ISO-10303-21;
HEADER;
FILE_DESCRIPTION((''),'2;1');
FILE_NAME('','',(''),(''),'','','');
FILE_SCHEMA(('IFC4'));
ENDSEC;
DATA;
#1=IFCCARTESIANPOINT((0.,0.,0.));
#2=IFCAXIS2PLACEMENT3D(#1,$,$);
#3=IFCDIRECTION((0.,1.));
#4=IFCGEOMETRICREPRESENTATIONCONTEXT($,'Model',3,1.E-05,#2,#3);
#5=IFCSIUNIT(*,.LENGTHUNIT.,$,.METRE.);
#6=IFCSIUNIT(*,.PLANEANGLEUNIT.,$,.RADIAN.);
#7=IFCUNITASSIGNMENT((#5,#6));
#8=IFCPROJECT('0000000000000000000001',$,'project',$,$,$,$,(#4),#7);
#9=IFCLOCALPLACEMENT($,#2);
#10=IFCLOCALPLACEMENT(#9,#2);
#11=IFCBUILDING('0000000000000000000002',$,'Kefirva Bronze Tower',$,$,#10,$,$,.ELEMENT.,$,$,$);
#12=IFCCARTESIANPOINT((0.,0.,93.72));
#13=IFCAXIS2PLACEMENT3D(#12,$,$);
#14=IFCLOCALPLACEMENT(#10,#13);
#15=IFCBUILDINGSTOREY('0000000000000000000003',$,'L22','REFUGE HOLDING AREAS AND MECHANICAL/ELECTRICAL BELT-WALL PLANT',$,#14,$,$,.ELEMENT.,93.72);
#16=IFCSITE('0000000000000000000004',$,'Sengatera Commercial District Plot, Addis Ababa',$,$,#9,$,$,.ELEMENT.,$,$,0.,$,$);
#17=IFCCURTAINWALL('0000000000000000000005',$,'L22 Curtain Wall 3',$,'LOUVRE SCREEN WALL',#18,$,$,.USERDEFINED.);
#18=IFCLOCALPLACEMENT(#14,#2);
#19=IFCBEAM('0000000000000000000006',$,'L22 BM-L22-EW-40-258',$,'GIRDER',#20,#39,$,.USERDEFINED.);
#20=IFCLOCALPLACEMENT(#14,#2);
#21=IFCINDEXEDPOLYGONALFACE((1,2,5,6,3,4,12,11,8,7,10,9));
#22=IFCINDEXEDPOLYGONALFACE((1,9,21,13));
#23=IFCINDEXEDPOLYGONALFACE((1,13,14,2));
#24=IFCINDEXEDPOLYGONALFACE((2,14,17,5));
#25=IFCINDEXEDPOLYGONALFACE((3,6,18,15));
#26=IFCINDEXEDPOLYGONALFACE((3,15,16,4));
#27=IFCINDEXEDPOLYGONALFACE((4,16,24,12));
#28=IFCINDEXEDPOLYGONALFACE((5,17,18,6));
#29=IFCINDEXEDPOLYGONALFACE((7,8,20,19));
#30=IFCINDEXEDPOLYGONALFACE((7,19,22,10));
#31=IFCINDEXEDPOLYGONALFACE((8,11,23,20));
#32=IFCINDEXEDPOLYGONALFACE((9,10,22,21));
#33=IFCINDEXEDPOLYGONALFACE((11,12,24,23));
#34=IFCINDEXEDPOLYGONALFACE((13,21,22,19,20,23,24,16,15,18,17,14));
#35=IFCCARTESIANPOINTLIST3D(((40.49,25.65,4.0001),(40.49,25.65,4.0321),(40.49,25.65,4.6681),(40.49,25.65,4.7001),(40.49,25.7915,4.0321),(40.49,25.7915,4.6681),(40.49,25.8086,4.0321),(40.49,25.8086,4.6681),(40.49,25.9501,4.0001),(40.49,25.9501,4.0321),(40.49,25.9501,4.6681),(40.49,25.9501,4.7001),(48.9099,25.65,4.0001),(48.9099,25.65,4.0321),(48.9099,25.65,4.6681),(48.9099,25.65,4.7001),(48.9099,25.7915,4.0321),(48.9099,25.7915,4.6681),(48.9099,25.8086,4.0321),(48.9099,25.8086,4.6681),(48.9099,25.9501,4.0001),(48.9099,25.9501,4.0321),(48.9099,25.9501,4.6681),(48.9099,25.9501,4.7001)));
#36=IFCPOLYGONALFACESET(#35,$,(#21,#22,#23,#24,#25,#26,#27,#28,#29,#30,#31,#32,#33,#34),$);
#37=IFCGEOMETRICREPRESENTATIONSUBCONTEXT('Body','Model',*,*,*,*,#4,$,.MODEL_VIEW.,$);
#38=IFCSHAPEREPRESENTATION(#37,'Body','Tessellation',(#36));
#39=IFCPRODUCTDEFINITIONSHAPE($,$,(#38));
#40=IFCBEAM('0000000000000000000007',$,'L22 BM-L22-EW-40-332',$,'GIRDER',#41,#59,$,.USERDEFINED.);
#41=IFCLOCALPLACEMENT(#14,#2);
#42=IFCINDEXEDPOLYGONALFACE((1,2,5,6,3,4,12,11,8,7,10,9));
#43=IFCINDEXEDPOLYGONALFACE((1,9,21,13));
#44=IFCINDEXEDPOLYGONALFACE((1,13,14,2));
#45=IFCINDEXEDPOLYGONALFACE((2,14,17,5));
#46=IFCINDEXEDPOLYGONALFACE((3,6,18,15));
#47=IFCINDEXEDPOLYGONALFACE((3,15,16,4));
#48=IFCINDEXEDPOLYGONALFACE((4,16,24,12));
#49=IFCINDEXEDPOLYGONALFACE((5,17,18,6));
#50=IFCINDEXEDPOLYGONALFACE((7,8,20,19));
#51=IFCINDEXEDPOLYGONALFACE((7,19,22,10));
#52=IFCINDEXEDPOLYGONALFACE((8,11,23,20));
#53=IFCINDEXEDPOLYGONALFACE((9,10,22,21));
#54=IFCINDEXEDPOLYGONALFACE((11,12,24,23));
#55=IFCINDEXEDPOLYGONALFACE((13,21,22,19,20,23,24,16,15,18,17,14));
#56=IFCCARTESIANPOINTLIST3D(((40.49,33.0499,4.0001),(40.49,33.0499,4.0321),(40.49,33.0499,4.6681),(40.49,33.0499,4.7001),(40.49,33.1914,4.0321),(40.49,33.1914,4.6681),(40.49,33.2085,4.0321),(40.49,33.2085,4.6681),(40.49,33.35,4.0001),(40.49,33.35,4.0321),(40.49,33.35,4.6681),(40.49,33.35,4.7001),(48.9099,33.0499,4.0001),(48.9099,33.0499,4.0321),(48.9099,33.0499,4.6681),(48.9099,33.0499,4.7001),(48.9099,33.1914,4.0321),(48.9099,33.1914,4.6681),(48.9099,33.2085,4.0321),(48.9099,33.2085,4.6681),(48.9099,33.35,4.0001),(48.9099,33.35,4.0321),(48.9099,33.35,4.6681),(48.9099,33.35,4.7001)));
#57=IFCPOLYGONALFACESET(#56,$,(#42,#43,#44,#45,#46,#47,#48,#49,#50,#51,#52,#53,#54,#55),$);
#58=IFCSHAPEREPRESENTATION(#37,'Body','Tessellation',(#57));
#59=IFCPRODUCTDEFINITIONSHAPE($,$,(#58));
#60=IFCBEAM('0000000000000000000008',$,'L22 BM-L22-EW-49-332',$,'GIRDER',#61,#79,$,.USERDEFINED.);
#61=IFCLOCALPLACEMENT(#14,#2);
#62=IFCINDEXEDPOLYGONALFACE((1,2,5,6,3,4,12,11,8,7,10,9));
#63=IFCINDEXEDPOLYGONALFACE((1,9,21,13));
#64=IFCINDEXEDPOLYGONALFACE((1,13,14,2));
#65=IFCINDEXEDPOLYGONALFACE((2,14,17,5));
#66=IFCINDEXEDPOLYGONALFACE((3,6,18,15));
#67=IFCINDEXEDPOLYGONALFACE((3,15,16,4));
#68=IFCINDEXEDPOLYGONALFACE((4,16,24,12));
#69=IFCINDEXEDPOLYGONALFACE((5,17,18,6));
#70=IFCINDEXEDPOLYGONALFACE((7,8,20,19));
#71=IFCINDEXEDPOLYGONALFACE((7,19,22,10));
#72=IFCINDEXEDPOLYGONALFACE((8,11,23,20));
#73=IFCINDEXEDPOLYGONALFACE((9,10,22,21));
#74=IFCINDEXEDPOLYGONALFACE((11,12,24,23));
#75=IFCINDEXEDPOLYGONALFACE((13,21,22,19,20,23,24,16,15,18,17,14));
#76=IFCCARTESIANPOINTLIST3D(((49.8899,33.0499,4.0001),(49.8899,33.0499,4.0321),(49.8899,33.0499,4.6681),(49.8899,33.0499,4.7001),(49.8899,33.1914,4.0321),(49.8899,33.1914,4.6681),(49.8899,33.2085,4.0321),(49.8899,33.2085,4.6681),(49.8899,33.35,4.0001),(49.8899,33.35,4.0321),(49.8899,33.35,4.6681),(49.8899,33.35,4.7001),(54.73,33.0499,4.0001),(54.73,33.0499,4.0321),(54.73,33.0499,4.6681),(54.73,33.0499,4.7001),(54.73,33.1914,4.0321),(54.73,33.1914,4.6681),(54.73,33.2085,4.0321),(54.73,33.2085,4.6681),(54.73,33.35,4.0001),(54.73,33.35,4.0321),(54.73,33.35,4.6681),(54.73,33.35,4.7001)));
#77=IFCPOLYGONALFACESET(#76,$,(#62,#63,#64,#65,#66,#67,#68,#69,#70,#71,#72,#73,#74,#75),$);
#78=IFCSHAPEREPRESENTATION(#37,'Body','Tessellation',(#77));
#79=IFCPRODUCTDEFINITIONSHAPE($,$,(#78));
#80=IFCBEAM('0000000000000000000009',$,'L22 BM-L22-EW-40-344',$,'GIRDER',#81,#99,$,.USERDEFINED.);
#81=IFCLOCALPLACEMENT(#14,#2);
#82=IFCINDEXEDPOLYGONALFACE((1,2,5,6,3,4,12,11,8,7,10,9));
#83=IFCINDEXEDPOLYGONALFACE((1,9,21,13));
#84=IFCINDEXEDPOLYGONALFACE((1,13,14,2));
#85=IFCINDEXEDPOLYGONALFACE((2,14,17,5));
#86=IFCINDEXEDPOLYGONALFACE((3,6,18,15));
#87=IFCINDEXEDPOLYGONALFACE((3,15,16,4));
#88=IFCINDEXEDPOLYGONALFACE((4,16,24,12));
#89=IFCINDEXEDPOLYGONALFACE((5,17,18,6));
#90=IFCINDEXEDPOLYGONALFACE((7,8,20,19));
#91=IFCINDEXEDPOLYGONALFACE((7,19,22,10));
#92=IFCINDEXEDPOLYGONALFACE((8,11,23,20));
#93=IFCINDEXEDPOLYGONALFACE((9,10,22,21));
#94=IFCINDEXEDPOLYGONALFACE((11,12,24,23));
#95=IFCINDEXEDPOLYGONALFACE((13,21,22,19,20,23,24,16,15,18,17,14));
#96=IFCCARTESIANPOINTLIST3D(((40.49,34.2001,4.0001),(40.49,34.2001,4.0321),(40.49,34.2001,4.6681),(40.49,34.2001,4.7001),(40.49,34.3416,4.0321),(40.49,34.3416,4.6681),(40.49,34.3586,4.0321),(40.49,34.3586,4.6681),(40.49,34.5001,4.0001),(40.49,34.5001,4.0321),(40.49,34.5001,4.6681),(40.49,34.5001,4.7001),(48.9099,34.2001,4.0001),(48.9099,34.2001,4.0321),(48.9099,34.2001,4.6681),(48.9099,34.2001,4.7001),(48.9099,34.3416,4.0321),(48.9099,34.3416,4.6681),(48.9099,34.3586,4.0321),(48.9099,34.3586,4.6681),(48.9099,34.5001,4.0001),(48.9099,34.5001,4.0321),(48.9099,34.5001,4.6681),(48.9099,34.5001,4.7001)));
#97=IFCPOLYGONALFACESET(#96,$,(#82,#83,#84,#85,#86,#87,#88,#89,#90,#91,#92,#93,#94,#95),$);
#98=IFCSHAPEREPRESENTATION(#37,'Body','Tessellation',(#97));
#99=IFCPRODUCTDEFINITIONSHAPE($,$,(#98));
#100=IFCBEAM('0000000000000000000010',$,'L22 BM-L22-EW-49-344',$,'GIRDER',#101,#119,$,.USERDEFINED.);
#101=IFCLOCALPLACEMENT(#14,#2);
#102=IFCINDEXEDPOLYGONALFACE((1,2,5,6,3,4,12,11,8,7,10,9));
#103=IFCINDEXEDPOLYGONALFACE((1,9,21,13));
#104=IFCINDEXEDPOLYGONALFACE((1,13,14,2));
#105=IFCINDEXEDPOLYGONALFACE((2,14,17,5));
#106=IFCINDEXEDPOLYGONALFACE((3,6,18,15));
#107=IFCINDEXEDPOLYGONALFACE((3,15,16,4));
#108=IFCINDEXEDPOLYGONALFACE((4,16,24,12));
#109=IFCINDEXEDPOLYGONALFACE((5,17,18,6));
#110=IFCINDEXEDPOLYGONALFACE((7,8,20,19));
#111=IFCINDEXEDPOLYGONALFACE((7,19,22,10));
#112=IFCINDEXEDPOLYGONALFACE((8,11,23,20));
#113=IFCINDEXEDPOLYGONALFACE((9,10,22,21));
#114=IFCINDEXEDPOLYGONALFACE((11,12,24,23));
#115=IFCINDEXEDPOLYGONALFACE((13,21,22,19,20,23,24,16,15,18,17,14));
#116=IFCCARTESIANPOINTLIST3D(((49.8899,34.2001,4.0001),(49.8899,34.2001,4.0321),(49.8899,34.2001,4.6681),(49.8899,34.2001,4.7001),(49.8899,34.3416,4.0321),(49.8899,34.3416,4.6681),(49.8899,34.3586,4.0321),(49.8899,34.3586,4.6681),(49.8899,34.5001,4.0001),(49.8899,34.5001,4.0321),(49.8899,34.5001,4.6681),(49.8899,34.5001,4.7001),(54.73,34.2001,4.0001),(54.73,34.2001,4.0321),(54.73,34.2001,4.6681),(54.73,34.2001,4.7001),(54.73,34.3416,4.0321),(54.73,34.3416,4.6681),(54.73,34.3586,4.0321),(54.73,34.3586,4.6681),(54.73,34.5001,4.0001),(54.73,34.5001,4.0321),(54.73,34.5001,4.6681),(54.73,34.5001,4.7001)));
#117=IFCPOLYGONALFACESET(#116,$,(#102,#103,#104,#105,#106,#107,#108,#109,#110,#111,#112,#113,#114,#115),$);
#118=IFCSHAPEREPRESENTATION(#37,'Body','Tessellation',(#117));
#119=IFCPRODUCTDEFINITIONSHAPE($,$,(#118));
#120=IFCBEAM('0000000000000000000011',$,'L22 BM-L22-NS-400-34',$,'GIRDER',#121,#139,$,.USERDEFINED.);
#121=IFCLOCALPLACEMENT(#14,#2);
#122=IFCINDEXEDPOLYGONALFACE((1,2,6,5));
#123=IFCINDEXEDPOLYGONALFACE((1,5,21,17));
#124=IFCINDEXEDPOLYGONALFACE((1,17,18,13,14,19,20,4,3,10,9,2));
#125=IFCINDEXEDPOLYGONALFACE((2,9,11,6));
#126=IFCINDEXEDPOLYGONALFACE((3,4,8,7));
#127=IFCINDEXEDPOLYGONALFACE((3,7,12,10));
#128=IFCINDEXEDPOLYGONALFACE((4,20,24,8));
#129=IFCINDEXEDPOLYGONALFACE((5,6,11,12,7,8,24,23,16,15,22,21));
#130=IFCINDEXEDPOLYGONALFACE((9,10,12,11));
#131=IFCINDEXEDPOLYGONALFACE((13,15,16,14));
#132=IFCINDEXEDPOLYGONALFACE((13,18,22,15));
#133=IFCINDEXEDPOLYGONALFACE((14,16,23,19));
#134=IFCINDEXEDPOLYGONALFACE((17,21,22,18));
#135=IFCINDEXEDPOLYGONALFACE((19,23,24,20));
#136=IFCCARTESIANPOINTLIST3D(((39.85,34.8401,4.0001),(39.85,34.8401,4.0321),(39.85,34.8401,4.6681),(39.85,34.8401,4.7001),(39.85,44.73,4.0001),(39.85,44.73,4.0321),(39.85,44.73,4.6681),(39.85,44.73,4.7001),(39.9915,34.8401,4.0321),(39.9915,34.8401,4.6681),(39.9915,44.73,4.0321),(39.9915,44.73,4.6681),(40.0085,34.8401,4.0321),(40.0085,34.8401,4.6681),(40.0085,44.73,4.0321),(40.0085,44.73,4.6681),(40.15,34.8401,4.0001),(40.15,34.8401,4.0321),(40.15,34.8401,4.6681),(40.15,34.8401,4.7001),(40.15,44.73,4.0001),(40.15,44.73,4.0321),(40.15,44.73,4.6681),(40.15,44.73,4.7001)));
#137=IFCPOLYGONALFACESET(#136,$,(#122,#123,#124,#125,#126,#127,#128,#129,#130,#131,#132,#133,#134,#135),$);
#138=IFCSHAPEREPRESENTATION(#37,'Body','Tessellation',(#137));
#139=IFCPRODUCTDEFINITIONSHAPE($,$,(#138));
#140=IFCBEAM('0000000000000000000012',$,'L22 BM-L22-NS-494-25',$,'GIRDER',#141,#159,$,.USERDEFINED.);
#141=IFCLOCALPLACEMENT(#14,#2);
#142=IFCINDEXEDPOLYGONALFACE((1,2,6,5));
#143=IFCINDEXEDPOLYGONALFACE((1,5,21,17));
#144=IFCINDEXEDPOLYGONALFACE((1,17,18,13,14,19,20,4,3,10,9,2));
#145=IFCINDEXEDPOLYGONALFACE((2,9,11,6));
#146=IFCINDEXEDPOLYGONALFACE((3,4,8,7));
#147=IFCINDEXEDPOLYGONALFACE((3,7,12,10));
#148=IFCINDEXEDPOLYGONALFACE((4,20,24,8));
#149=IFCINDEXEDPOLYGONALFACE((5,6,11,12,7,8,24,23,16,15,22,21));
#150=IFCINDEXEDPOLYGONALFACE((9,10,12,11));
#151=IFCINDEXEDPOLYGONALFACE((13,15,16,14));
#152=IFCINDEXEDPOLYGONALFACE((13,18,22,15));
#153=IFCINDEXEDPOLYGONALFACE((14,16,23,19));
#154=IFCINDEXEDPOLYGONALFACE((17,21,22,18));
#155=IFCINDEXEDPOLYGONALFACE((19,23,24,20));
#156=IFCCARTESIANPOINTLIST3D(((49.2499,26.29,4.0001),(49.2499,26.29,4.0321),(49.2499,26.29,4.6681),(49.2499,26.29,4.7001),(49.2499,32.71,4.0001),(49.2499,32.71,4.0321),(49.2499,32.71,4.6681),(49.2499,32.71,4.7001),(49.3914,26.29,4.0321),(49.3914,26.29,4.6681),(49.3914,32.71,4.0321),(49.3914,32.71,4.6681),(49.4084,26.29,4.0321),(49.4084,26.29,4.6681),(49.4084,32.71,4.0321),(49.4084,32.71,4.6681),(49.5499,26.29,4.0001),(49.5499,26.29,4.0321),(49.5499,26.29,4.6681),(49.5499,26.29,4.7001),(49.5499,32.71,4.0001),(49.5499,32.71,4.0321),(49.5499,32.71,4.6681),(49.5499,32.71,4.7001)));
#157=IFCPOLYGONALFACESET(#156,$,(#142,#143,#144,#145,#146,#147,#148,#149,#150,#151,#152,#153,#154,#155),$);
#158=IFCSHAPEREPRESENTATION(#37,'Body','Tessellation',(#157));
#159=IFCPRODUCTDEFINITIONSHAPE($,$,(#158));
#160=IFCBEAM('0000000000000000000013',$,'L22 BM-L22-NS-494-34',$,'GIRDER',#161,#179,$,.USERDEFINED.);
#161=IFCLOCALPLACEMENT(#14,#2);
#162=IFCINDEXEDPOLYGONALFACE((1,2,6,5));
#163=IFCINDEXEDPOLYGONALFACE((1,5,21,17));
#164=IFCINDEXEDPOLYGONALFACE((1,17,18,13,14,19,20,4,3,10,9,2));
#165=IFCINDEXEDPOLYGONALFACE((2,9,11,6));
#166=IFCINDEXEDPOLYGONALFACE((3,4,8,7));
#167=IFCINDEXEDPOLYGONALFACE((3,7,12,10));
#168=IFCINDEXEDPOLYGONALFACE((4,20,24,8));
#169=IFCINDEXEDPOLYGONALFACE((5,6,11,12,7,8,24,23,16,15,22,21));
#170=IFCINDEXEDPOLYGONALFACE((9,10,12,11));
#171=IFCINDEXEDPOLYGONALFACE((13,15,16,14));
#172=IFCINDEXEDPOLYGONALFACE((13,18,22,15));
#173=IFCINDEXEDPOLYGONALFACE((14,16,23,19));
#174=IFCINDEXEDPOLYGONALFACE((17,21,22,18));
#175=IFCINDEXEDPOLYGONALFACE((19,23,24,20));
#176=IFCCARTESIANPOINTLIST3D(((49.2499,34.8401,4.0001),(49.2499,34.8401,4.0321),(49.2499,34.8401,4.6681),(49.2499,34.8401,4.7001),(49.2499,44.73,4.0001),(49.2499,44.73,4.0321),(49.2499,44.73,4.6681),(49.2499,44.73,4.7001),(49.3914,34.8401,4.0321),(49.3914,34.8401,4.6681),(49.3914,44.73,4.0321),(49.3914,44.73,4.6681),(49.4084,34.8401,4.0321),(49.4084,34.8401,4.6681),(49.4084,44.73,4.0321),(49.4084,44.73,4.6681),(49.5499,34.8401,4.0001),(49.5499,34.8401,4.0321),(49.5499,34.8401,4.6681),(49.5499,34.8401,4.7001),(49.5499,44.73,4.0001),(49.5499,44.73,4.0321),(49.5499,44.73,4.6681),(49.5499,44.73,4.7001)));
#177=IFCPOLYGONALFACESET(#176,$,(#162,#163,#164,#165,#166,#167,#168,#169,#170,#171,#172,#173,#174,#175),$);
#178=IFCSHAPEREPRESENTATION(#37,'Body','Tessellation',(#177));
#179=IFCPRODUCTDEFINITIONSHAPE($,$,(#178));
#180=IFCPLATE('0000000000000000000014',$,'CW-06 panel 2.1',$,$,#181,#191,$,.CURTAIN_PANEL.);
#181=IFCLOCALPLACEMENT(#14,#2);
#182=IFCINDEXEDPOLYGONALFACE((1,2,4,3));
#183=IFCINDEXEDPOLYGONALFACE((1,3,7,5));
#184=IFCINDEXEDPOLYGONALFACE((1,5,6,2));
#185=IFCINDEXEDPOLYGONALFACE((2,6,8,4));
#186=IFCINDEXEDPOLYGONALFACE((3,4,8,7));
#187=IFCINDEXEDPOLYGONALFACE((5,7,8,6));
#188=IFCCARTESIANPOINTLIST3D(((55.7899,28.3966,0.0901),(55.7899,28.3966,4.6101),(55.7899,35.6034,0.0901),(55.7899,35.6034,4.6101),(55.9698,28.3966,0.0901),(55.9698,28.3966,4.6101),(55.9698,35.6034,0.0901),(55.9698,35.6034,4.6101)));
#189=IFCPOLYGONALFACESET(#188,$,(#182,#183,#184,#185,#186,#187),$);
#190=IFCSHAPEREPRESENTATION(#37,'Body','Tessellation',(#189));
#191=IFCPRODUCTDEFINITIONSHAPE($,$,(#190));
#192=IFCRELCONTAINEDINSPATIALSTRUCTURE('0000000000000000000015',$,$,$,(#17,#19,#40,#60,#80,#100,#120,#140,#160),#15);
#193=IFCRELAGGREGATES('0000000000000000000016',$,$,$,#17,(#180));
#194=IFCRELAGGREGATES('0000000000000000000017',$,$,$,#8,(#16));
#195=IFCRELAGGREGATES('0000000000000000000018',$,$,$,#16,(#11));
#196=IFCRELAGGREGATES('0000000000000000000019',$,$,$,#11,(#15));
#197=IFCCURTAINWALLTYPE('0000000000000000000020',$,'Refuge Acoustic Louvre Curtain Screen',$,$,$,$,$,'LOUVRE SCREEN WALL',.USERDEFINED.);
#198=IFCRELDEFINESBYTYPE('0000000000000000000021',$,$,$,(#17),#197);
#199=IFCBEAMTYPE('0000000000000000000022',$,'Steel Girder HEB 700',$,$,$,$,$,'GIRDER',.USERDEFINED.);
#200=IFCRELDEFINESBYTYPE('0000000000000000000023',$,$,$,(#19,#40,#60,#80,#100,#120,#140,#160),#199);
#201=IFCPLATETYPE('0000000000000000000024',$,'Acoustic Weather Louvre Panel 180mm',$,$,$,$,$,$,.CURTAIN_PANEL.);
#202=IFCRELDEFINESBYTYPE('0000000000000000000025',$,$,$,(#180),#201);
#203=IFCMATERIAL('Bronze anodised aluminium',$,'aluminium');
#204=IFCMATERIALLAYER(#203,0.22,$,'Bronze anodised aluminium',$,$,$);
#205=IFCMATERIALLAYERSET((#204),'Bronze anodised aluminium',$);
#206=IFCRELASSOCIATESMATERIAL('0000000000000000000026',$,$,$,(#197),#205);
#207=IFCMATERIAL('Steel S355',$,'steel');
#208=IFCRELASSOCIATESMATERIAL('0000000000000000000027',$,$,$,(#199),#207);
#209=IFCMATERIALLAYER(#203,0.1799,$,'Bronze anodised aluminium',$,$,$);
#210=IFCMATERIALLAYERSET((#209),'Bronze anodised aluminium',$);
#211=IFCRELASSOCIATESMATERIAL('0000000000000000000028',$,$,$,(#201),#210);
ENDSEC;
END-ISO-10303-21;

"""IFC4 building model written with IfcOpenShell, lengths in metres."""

from ifc_helpers import new_model, si_unit, direction, frame, origin, origin_2d, place, context, subcontext, project, spatial, rectangle, i_section, extrude, material, layer, layer_set, material_profile, profile_set, type_object, element, aggregate, save


model = new_model("IFC4")

# Units and contexts
model_context = context("Model", 3, precision=1e-05, world=origin(), true_north=direction((0.0, 1.0)))
body_context = subcontext(model_context, "Body", "Model", "MODEL_VIEW")
ifc_project = project(units=[si_unit("LENGTHUNIT", "METRE"), si_unit("PLANEANGLEUNIT", "RADIAN")], contexts=[model_context])

# Site, building, storey
site_placement = place(None, origin())
site = spatial("IfcSite", under=ifc_project, at=site_placement, Name="Sengatera Commercial District Plot, Addis Ababa", CompositionType="ELEMENT", RefElevation=0.0)
building_placement = place(site_placement, origin())
building = spatial("IfcBuilding", under=site, at=building_placement, Name="Kefirva Bronze Tower", CompositionType="ELEMENT")
storey_placement = place(building_placement, frame((0.0, 0.0, 93.72)))
storey = spatial("IfcBuildingStorey", under=building, at=storey_placement, Name="L22", Description="REFUGE HOLDING AREAS AND MECHANICAL/ELECTRICAL BELT-WALL PLANT", CompositionType="ELEMENT", Elevation=93.72)

# Curtain wall
ifc_material_1 = material(Name="Bronze anodised aluminium", Category="aluminium")
ifc_layer_1 = layer(ifc_material_1, 0.22, Name="Bronze anodised aluminium")
ifc_layer_set_1 = layer_set([ifc_layer_1], Name="Bronze anodised aluminium")
curtain_wall_type = type_object("IfcCurtainWallType", Name="Refuge Acoustic Louvre Curtain Screen", ElementType="LOUVRE SCREEN WALL", PredefinedType="USERDEFINED", material=ifc_layer_set_1)
curtain_wall_placement = place(storey_placement, origin())
curtain_wall = element("IfcCurtainWall", 1, at=curtain_wall_placement, inside=storey, type_object=curtain_wall_type, Name="L22 Curtain Wall 3", ObjectType="LOUVRE SCREEN WALL", PredefinedType="USERDEFINED")

# Beams
ifc_material_2 = material(Name="Steel S355", Category="steel")
ifc_material_profile_1 = material_profile(ifc_material_2, i_section(OverallWidth=0.3, OverallDepth=0.7, WebThickness=0.0171, FlangeThickness=0.032, at=origin_2d()), Name="HEB 700")
ifc_profile_set_1 = profile_set([ifc_material_profile_1], Name="Steel S355")
beam_type_1 = type_object("IfcBeamType", Name="Steel Girder HEB 700", ElementType="GIRDER", PredefinedType="USERDEFINED", material=ifc_profile_set_1)
for number, where, z_axis, x_axis, name in (
    (2, (40.49, 25.8, 4.3501), (1.0, 0.0, 0.0), (0.0, 1.0, 0.0), "L22 BM-L22-EW-40-258"),
    (3, (40.49, 33.2, 4.3501), (1.0, 0.0, 0.0), (0.0, 1.0, 0.0), "L22 BM-L22-EW-40-332"),
):
    element("IfcBeam", number, at=place(storey_placement, frame(where, z_axis=z_axis, x_axis=x_axis)), inside=storey, type_object=beam_type_1, Name=name, ObjectType="GIRDER", PredefinedType="USERDEFINED", context=body_context, shape_type="SweptSolid", body=[
        extrude(i_section(OverallWidth=0.3, OverallDepth=0.7, WebThickness=0.0171, FlangeThickness=0.032, at=origin_2d()), origin(), (0.0, 0.0, 1.0), 8.4199),
    ])
beam_1_placement = place(storey_placement, frame((49.8899, 33.2, 4.3501), z_axis=(1.0, 0.0, 0.0), x_axis=(0.0, 1.0, 0.0)))
element("IfcBeam", 4, at=beam_1_placement, inside=storey, type_object=beam_type_1, Name="L22 BM-L22-EW-49-332", ObjectType="GIRDER", PredefinedType="USERDEFINED", context=body_context, shape_type="SweptSolid", body=[
    extrude(i_section(OverallWidth=0.3, OverallDepth=0.7, WebThickness=0.0171, FlangeThickness=0.032, at=origin_2d()), origin(), (0.0, 0.0, 1.0), 4.8401),
])
beam_2_placement = place(storey_placement, frame((40.49, 34.3501, 4.3501), z_axis=(1.0, 0.0, 0.0), x_axis=(0.0, 1.0, 0.0)))
element("IfcBeam", 5, at=beam_2_placement, inside=storey, type_object=beam_type_1, Name="L22 BM-L22-EW-40-344", ObjectType="GIRDER", PredefinedType="USERDEFINED", context=body_context, shape_type="SweptSolid", body=[
    extrude(i_section(OverallWidth=0.3, OverallDepth=0.7, WebThickness=0.0171, FlangeThickness=0.032, at=origin_2d()), origin(), (0.0, 0.0, 1.0), 8.4199),
])
beam_3_placement = place(storey_placement, frame((49.8899, 34.3501, 4.3501), z_axis=(1.0, 0.0, 0.0), x_axis=(0.0, 1.0, 0.0)))
element("IfcBeam", 6, at=beam_3_placement, inside=storey, type_object=beam_type_1, Name="L22 BM-L22-EW-49-344", ObjectType="GIRDER", PredefinedType="USERDEFINED", context=body_context, shape_type="SweptSolid", body=[
    extrude(i_section(OverallWidth=0.3, OverallDepth=0.7, WebThickness=0.0171, FlangeThickness=0.032, at=origin_2d()), origin(), (0.0, 0.0, 1.0), 4.8401),
])
beam_4_placement = place(storey_placement, frame((40.0, 34.8401, 4.3501), z_axis=(0.0, 1.0, 0.0), x_axis=(-1.0, 0.0, 0.0)))
element("IfcBeam", 7, at=beam_4_placement, inside=storey, type_object=beam_type_1, Name="L22 BM-L22-NS-400-34", ObjectType="GIRDER", PredefinedType="USERDEFINED", context=body_context, shape_type="SweptSolid", body=[
    extrude(i_section(OverallWidth=0.3, OverallDepth=0.7, WebThickness=0.0171, FlangeThickness=0.032, at=origin_2d()), origin(), (0.0, 0.0, 1.0), 9.8899),
])
beam_5_placement = place(storey_placement, frame((49.3999, 26.29, 4.3501), z_axis=(0.0, 1.0, 0.0), x_axis=(-1.0, 0.0, 0.0)))
element("IfcBeam", 8, at=beam_5_placement, inside=storey, type_object=beam_type_1, Name="L22 BM-L22-NS-494-25", ObjectType="GIRDER", PredefinedType="USERDEFINED", context=body_context, shape_type="SweptSolid", body=[
    extrude(i_section(OverallWidth=0.3, OverallDepth=0.7, WebThickness=0.0171, FlangeThickness=0.032, at=origin_2d()), origin(), (0.0, 0.0, 1.0), 6.4199),
])
beam_6_placement = place(storey_placement, frame((49.3999, 34.8401, 4.3501), z_axis=(0.0, 1.0, 0.0), x_axis=(-1.0, 0.0, 0.0)))
element("IfcBeam", 9, at=beam_6_placement, inside=storey, type_object=beam_type_1, Name="L22 BM-L22-NS-494-34", ObjectType="GIRDER", PredefinedType="USERDEFINED", context=body_context, shape_type="SweptSolid", body=[
    extrude(i_section(OverallWidth=0.3, OverallDepth=0.7, WebThickness=0.0171, FlangeThickness=0.032, at=origin_2d()), origin(), (0.0, 0.0, 1.0), 9.8899),
])

# Plate
ifc_layer_2 = layer(ifc_material_1, 0.1799, Name="Bronze anodised aluminium")
ifc_layer_set_2 = layer_set([ifc_layer_2], Name="Bronze anodised aluminium")
plate_type = type_object("IfcPlateType", Name="Acoustic Weather Louvre Panel 180mm", PredefinedType="CURTAIN_PANEL", material=ifc_layer_set_2)
plate_placement = place(storey_placement, frame((55.8799, 32.0, 0.0901), z_axis=(0.0, 0.0, 1.0), x_axis=(0.0, 1.0, 0.0)))
plate = element("IfcPlate", 10, at=plate_placement, type_object=plate_type, Name="CW-06 panel 2.1", PredefinedType="CURTAIN_PANEL", context=body_context, shape_type="SweptSolid", body=[
    extrude(rectangle(XDim=7.2068, YDim=0.1799, at=origin_2d()), origin(), (0.0, 0.0, 1.0), 4.52),
])
aggregate(curtain_wall, [plate])

save(model, "model.ifc")
